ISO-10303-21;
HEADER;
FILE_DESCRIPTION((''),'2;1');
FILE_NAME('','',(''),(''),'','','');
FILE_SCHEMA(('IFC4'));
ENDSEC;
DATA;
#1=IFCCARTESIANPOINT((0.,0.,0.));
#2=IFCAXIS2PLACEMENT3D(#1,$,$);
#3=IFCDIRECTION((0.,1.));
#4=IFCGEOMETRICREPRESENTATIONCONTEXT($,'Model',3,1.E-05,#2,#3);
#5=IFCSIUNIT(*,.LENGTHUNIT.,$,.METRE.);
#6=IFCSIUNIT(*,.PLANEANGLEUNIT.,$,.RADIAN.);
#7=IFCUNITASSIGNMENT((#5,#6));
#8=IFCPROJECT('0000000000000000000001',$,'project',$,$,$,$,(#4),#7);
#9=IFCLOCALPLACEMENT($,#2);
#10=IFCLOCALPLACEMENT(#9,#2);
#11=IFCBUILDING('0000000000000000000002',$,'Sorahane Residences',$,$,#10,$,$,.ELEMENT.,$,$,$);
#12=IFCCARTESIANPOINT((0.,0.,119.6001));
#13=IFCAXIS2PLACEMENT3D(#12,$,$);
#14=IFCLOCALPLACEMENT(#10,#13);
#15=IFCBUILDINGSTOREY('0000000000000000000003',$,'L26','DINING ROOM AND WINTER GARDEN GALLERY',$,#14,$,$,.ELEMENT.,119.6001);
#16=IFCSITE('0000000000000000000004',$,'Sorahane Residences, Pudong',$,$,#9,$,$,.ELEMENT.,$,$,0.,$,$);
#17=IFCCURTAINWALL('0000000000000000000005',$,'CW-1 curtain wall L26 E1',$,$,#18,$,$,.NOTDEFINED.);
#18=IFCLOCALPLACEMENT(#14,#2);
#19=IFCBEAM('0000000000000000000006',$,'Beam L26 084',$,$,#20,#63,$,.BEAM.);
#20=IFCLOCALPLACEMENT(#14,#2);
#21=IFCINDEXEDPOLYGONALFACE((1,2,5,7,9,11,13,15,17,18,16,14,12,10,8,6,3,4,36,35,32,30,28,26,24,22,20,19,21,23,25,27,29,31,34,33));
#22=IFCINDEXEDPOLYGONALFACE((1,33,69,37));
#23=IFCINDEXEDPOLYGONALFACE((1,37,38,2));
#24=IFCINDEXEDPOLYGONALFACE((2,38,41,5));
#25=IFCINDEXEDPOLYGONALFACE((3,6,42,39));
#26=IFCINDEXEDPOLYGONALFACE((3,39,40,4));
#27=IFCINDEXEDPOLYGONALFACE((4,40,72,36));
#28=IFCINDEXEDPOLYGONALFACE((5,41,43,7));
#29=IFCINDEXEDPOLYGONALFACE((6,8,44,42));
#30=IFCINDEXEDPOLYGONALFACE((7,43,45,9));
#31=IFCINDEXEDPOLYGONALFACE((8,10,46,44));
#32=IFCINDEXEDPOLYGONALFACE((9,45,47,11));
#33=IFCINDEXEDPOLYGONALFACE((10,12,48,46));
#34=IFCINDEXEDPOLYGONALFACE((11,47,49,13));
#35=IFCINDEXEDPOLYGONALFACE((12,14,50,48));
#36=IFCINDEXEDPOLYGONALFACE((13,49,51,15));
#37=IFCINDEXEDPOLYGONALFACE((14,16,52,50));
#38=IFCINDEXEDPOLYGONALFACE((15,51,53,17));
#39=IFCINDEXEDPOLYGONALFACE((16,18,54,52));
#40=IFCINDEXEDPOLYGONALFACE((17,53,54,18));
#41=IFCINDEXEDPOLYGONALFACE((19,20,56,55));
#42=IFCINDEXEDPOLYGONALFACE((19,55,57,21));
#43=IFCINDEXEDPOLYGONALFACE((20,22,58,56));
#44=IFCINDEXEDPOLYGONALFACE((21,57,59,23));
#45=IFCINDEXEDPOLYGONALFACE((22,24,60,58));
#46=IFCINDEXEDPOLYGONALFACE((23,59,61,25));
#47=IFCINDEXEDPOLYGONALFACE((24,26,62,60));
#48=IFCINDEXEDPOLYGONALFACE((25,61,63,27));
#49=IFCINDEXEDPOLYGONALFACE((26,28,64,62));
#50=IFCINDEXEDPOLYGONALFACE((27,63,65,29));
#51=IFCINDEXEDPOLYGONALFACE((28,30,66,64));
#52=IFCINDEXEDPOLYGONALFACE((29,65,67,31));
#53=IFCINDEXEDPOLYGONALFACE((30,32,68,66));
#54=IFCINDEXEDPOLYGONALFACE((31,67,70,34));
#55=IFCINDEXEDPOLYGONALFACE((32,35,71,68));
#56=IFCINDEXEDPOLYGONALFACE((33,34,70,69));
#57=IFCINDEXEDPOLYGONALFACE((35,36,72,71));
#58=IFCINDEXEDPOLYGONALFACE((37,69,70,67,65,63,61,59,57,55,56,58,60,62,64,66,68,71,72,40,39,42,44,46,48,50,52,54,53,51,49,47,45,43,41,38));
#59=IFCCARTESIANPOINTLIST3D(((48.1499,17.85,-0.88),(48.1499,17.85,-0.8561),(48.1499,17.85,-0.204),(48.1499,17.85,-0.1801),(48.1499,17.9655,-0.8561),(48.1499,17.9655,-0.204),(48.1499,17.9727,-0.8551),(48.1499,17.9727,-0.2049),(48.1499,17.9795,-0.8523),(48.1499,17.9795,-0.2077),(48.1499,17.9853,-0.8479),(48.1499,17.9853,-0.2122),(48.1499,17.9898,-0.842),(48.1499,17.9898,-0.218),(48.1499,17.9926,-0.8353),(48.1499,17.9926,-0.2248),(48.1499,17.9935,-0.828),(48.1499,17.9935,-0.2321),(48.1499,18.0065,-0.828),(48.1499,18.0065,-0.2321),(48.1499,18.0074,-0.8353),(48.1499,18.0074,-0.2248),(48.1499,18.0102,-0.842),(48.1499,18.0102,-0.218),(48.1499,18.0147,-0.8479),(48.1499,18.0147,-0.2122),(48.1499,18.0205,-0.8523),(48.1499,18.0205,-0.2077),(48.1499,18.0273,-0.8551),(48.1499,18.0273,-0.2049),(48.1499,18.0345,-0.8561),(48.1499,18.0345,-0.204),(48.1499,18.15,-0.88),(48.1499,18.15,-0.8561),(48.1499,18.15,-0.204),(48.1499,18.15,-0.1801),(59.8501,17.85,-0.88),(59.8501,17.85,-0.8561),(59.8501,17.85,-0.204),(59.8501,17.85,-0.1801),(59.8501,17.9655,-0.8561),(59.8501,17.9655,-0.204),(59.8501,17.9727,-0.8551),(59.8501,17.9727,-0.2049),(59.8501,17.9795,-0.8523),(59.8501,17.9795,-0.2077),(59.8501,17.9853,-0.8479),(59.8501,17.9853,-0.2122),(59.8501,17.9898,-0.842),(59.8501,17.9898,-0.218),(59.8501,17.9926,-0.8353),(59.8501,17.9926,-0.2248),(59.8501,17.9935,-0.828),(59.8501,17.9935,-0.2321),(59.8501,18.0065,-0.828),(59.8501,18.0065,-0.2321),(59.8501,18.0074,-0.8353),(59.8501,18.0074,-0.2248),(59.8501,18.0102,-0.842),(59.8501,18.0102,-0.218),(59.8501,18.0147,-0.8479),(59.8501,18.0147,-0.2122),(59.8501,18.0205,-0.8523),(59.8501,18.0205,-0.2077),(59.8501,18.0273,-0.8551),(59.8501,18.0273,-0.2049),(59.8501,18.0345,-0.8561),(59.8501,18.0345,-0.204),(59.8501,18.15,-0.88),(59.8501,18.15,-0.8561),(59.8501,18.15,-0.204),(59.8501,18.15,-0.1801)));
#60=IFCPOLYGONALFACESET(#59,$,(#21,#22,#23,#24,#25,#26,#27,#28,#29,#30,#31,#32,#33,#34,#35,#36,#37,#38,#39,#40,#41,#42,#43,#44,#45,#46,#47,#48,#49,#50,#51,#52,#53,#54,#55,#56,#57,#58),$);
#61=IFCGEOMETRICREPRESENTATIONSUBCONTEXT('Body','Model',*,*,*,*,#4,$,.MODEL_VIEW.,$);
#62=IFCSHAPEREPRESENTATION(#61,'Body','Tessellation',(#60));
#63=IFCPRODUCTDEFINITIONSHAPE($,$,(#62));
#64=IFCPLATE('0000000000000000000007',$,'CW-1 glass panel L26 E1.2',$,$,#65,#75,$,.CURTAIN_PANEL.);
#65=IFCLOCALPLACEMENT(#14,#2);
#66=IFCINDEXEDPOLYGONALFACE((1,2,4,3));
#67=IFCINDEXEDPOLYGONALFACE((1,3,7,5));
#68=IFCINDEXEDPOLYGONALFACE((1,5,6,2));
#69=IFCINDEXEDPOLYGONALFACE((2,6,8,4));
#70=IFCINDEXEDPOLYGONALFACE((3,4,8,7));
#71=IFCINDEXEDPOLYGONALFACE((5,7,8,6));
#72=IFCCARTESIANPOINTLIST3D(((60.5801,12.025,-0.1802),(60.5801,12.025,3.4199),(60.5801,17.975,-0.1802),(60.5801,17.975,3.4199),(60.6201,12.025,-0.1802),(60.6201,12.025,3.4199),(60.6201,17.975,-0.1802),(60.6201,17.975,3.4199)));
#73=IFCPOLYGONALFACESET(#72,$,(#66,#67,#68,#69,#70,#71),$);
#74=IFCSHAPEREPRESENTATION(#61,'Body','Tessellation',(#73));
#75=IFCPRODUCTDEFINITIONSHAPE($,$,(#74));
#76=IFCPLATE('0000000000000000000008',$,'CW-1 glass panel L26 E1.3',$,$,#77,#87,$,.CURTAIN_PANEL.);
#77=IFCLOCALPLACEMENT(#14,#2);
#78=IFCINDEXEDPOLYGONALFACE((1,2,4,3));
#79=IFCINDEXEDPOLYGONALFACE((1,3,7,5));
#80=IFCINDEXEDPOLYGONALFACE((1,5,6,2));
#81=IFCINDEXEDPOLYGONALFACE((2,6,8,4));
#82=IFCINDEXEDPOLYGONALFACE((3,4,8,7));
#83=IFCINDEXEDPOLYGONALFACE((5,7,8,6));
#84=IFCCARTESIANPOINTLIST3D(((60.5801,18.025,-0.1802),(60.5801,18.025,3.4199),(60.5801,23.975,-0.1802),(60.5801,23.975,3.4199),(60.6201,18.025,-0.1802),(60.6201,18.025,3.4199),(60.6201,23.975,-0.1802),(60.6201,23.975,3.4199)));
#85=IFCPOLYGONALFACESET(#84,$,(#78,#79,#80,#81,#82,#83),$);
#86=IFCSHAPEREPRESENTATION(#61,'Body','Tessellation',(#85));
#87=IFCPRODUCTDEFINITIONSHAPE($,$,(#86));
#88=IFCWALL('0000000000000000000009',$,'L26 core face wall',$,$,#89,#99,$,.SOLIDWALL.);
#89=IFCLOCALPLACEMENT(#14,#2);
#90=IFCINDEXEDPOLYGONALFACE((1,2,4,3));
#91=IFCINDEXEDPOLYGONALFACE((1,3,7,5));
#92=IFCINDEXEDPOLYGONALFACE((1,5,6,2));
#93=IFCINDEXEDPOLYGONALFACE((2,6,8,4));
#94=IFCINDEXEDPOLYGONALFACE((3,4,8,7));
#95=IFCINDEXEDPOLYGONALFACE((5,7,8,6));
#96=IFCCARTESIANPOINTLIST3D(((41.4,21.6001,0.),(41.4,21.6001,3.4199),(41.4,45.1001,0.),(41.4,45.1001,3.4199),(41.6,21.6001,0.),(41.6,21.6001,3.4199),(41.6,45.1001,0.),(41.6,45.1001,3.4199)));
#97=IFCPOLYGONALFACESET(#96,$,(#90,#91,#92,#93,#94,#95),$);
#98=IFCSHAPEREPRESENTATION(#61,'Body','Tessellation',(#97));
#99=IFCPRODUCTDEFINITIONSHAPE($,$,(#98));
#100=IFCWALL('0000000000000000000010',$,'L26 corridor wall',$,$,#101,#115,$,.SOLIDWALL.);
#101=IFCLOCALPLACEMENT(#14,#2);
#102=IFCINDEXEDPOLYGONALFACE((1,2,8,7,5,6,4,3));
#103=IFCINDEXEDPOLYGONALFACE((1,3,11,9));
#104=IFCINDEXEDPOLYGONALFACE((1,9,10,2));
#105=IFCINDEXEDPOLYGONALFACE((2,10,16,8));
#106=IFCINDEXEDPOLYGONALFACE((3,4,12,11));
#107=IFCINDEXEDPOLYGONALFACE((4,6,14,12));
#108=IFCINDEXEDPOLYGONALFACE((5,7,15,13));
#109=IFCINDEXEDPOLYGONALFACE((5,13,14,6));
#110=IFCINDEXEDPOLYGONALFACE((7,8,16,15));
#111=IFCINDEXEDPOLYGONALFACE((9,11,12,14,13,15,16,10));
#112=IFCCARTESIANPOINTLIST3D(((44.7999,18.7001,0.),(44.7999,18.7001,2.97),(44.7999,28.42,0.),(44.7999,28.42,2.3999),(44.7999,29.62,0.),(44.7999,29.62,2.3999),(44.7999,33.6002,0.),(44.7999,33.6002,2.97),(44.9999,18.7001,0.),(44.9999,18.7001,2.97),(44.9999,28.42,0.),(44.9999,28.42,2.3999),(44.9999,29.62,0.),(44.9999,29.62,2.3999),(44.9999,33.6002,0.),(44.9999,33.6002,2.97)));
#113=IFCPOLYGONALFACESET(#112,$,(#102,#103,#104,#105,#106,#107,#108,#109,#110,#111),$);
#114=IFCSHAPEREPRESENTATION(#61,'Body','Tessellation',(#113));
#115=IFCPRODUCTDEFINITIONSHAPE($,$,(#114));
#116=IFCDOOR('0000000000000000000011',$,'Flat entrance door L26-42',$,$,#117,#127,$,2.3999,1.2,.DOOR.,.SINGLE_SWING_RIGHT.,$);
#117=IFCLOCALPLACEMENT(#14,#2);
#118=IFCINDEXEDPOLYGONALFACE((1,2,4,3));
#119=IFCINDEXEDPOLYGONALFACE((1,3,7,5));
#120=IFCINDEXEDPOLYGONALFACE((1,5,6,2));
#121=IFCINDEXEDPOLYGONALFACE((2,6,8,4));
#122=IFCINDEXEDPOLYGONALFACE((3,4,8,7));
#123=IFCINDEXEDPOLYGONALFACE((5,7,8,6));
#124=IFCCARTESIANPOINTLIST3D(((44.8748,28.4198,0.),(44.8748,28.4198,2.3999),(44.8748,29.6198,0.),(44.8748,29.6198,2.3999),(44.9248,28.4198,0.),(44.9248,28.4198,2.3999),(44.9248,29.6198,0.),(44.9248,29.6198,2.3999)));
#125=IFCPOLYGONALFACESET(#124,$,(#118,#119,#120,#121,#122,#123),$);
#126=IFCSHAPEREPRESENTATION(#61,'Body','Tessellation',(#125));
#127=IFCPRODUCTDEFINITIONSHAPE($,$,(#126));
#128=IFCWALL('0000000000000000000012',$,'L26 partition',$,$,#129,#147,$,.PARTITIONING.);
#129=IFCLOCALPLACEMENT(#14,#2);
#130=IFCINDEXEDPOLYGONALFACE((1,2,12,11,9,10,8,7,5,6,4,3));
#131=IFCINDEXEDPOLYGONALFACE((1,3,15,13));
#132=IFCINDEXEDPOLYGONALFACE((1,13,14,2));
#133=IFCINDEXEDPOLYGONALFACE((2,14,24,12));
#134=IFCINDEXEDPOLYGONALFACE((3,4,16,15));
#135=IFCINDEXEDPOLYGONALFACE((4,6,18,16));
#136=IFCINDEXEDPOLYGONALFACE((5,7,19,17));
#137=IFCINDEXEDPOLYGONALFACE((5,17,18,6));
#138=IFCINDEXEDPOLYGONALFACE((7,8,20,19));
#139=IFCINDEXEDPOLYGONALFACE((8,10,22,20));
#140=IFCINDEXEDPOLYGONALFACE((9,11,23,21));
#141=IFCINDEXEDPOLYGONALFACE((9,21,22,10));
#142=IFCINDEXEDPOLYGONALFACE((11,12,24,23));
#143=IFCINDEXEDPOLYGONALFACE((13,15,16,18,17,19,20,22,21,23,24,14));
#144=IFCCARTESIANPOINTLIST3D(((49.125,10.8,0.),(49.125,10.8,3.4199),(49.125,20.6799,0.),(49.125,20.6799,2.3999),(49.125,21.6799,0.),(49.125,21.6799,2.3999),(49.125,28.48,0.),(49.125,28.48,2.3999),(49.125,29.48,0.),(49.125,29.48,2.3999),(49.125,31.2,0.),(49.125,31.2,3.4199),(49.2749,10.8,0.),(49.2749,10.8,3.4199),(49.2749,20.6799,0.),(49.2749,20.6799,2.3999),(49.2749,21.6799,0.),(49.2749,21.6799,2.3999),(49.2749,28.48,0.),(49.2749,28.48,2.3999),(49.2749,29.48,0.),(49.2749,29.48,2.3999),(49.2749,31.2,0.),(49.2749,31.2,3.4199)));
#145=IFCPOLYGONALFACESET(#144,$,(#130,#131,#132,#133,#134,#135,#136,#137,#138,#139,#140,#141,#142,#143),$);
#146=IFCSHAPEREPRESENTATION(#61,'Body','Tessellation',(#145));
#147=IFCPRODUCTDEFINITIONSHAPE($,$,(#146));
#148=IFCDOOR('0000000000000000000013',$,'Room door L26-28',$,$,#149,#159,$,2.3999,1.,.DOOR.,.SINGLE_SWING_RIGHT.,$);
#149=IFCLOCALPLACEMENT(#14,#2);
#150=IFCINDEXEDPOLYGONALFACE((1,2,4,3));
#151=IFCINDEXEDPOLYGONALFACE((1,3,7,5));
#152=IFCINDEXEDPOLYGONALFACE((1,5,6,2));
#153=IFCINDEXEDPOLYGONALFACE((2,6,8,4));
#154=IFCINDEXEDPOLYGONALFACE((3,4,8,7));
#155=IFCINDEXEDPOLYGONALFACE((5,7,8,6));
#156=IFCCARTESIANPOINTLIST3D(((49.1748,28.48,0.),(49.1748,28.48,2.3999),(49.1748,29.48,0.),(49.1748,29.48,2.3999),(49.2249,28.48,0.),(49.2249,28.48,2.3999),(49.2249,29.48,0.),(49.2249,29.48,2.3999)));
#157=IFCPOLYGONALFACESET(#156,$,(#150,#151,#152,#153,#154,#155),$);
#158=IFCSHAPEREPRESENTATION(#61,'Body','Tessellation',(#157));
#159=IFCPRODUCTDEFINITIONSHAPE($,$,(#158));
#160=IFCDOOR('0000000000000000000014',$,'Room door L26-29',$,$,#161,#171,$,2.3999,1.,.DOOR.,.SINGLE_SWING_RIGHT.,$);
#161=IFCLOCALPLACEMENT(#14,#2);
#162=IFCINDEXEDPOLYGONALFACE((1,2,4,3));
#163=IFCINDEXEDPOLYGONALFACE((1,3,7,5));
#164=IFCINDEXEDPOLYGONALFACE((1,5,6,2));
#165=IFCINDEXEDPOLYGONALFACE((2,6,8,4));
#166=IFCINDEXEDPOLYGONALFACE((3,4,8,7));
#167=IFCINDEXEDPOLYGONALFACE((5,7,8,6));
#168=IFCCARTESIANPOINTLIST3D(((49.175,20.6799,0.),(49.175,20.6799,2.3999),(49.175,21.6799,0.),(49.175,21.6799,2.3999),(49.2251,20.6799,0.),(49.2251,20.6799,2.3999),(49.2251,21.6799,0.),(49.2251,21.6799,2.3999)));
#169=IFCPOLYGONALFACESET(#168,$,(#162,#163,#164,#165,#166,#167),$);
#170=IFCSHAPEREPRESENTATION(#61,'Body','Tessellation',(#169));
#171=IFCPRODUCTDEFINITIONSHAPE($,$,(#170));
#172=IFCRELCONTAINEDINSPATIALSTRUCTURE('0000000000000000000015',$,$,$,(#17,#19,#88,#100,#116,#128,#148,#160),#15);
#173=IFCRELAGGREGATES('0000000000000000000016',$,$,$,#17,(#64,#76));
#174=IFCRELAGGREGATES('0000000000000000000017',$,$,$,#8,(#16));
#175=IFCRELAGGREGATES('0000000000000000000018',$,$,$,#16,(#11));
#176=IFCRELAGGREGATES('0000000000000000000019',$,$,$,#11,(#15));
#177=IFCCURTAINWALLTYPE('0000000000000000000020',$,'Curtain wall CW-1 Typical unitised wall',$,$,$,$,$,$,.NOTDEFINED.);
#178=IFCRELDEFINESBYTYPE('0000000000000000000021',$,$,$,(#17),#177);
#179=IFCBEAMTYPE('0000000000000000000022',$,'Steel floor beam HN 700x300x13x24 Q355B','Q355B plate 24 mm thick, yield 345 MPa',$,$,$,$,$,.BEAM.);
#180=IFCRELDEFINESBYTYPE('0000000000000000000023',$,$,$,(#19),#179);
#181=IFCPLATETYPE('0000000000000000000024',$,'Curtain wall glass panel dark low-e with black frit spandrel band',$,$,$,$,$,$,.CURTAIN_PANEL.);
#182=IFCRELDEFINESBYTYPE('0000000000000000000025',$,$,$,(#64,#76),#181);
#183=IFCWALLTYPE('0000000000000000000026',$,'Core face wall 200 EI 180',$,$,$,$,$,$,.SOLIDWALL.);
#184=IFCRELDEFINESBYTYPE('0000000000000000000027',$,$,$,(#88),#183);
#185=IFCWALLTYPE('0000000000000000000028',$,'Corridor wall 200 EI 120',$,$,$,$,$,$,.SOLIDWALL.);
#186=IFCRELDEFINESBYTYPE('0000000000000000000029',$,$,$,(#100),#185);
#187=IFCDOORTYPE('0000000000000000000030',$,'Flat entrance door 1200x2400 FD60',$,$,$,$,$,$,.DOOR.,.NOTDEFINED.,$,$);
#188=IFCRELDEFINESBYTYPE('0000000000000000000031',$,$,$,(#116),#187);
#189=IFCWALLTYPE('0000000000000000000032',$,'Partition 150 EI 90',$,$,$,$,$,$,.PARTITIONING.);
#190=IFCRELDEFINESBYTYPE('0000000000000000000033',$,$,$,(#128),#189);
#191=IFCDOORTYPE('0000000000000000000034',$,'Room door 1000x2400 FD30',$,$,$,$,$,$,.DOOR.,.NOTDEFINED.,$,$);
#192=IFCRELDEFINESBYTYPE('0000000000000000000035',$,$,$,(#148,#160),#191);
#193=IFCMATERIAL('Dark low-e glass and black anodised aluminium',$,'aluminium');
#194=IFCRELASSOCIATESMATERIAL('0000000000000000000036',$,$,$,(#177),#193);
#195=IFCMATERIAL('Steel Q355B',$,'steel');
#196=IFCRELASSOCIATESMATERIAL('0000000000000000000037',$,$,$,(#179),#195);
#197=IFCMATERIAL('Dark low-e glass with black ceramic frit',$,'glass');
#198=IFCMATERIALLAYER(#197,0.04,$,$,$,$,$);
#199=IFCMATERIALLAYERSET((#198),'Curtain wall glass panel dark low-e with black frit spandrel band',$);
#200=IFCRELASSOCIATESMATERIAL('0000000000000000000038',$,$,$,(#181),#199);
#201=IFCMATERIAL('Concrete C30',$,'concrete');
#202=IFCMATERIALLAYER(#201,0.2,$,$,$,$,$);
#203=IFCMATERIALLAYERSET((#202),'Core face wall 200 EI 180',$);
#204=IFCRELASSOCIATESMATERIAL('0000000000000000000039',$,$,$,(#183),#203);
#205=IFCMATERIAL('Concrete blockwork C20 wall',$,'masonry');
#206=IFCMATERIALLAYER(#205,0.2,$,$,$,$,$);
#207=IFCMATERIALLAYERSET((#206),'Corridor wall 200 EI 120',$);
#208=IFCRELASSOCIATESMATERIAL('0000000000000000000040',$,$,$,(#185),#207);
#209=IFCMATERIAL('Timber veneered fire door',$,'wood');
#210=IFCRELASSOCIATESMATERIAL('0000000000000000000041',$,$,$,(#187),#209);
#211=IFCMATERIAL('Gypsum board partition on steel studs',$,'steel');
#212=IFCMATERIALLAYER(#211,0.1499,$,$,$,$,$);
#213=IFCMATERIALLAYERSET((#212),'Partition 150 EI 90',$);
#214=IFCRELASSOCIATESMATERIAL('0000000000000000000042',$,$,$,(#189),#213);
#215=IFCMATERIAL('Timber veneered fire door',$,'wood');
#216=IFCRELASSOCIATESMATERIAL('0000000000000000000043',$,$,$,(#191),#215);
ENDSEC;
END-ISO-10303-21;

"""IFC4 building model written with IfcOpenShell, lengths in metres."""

from ifc_helpers import new_model, si_unit, direction, frame, frame_2d, origin, origin_2d, place, context, subcontext, project, spatial, rectangle, i_section, extrude, material, layer, layer_set, material_profile, profile_set, type_object, element, fill, aggregate, save


model = new_model("IFC4")

# Units and contexts
model_context = context("Model", 3, precision=1e-05, world=origin(), true_north=direction((0.0, 1.0)))
body_context = subcontext(model_context, "Body", "Model", "MODEL_VIEW")
ifc_project = project(units=[si_unit("LENGTHUNIT", "METRE"), si_unit("PLANEANGLEUNIT", "RADIAN")], contexts=[model_context])

# Site, building, storey
site_placement = place(None, origin())
site = spatial("IfcSite", under=ifc_project, at=site_placement, Name="Sorahane Residences, Pudong", CompositionType="ELEMENT", RefElevation=0.0)
building_placement = place(site_placement, origin())
building = spatial("IfcBuilding", under=site, at=building_placement, Name="Sorahane Residences", CompositionType="ELEMENT")
storey_placement = place(building_placement, frame((0.0, 0.0, 119.6001)))
storey = spatial("IfcBuildingStorey", under=building, at=storey_placement, Name="L26", Description="DINING ROOM AND WINTER GARDEN GALLERY", CompositionType="ELEMENT", Elevation=119.6001)

# Curtain wall
ifc_material_1 = material(Name="Dark low-e glass and black anodised aluminium", Category="aluminium")
curtain_wall_type = type_object("IfcCurtainWallType", Name="Curtain wall CW-1 Typical unitised wall", PredefinedType="NOTDEFINED", material=ifc_material_1)
curtain_wall_placement = place(storey_placement, origin())
curtain_wall = element("IfcCurtainWall", 1, at=curtain_wall_placement, inside=storey, type_object=curtain_wall_type, Name="CW-1 curtain wall L26 E1", PredefinedType="NOTDEFINED")

# Beam
ifc_material_2 = material(Name="Steel Q355B", Category="steel")
ifc_material_profile_1 = material_profile(ifc_material_2, i_section(OverallWidth=0.3, OverallDepth=0.7, WebThickness=0.0129, FlangeThickness=0.0239, FilletRadius=0.0281, at=origin_2d()), Name="HN 700x300x13x24")
ifc_profile_set_1 = profile_set([ifc_material_profile_1], Name="Steel Q355B")
beam_type_1 = type_object("IfcBeamType", Name="Steel floor beam HN 700x300x13x24 Q355B", Description="Q355B plate 24 mm thick, yield 345 MPa", PredefinedType="BEAM", material=ifc_profile_set_1)
beam_1_placement = place(storey_placement, frame((48.1499, 18.0, -0.53), z_axis=(1.0, 0.0, 0.0), x_axis=(0.0, 1.0, 0.0)))
element("IfcBeam", 2, at=beam_1_placement, inside=storey, type_object=beam_type_1, Name="Beam L26 084", PredefinedType="BEAM", context=body_context, shape_type="SweptSolid", body=[
    extrude(i_section(OverallWidth=0.3, OverallDepth=0.7, WebThickness=0.0129, FlangeThickness=0.0239, FilletRadius=0.0281, at=origin_2d()), origin(), (0.0, 0.0, 1.0), 11.7002),
])

# Plates
ifc_material_3 = material(Name="Dark low-e glass with black ceramic frit", Category="glass")
ifc_layer_1 = layer(ifc_material_3, 0.04)
ifc_layer_set_1 = layer_set([ifc_layer_1], Name="Curtain wall glass panel dark low-e with black frit spandrel band")
plate_type = type_object("IfcPlateType", Name="Curtain wall glass panel dark low-e with black frit spandrel band", PredefinedType="CURTAIN_PANEL", material=ifc_layer_set_1)
plate_1_placement = place(storey_placement, frame((60.6001, 15.0, -0.1802), z_axis=(0.0, 0.0, 1.0), x_axis=(0.0, 1.0, 0.0)))
plate_1 = element("IfcPlate", 3, at=plate_1_placement, type_object=plate_type, Name="CW-1 glass panel L26 E1.2", PredefinedType="CURTAIN_PANEL", context=body_context, shape_type="SweptSolid", body=[
    extrude(rectangle(XDim=5.95, YDim=0.04, at=origin_2d()), origin(), (0.0, 0.0, 1.0), 3.6001),
])
plate_2_placement = place(storey_placement, frame((60.6001, 21.0, -0.1802), z_axis=(0.0, 0.0, 1.0), x_axis=(0.0, 1.0, 0.0)))
plate_2 = element("IfcPlate", 4, at=plate_2_placement, type_object=plate_type, Name="CW-1 glass panel L26 E1.3", PredefinedType="CURTAIN_PANEL", context=body_context, shape_type="SweptSolid", body=[
    extrude(rectangle(XDim=5.95, YDim=0.04, at=origin_2d()), origin(), (0.0, 0.0, 1.0), 3.6001),
])
aggregate(curtain_wall, [plate_1, plate_2])

# Wall
ifc_material_4 = material(Name="Concrete C30", Category="concrete")
ifc_layer_2 = layer(ifc_material_4, 0.2)
ifc_layer_set_2 = layer_set([ifc_layer_2], Name="Core face wall 200 EI 180")
wall_type_1 = type_object("IfcWallType", Name="Core face wall 200 EI 180", PredefinedType="SOLIDWALL", material=ifc_layer_set_2)
wall_1_placement = place(storey_placement, frame((41.5, 21.6001, 0.0), z_axis=(0.0, 0.0, 1.0), x_axis=(0.0, 1.0, 0.0)))
element("IfcWall", 5, at=wall_1_placement, inside=storey, type_object=wall_type_1, Name="L26 core face wall", PredefinedType="SOLIDWALL", context=body_context, shape_type="SweptSolid", body=[
    extrude(rectangle(XDim=23.5, YDim=0.2, at=frame_2d((11.75, 0.0))), origin(), (0.0, 0.0, 1.0), 3.4199),
])

# Wall, opening, door
ifc_material_5 = material(Name="Concrete blockwork C20 wall", Category="masonry")
ifc_layer_3 = layer(ifc_material_5, 0.2)
ifc_layer_set_3 = layer_set([ifc_layer_3], Name="Corridor wall 200 EI 120")
wall_type_2 = type_object("IfcWallType", Name="Corridor wall 200 EI 120", PredefinedType="SOLIDWALL", material=ifc_layer_set_3)
wall_2_placement = place(storey_placement, frame((44.8999, 18.7, 0.0), z_axis=(0.0, 0.0, 1.0), x_axis=(0.0, 1.0, 0.0)))
wall_2 = element("IfcWall", 6, at=wall_2_placement, inside=storey, type_object=wall_type_2, Name="L26 corridor wall", PredefinedType="SOLIDWALL", context=body_context, shape_type="SweptSolid", body=[
    extrude(rectangle(XDim=14.9001, YDim=0.2, at=frame_2d((7.4502, 0.0))), origin(), (0.0, 0.0, 1.0), 2.97),
])
opening_1_placement = place(wall_2_placement, frame((9.72, 0.0, 0.0)))
opening_1 = element("IfcOpeningElement", 7, at=opening_1_placement, cuts=wall_2, PredefinedType="OPENING", context=body_context, shape_type="SweptSolid", body=[
    extrude(rectangle(XDim=1.2, YDim=2.3999, at=frame_2d((0.6001, 1.2))), frame((0.0, 0.1099, 0.0), z_axis=(0.0, -1.0, 0.0), x_axis=(1.0, 0.0, 0.0)), (0.0, 0.0, 1.0), 0.22),
])
ifc_material_6 = material(Name="Timber veneered fire door", Category="wood")
door_type_1 = type_object("IfcDoorType", Name="Flat entrance door 1200x2400 FD60", OperationType="NOTDEFINED", PredefinedType="DOOR", material=ifc_material_6)
door_1_placement = place(opening_1_placement, frame((1.2, 0.0, 0.0), z_axis=(0.0, 0.0, 1.0), x_axis=(-1.0, 0.0, 0.0)))
door_1 = element("IfcDoor", 8, at=door_1_placement, inside=storey, type_object=door_type_1, Name="Flat entrance door L26-42", OperationType="SINGLE_SWING_RIGHT", OverallHeight=2.3999, OverallWidth=1.2, PredefinedType="DOOR", context=body_context, shape_type="SweptSolid", body=[
    extrude(rectangle(XDim=1.2, YDim=2.3999, at=frame_2d((0.6001, 1.2))), frame((0.0, 0.0249, 0.0), z_axis=(0.0, -1.0, 0.0), x_axis=(1.0, 0.0, 0.0)), (0.0, 0.0, 1.0), 0.05),
])
fill(opening_1, door_1)

# Wall, openings, doors
ifc_material_7 = material(Name="Gypsum board partition on steel studs", Category="steel")
ifc_layer_4 = layer(ifc_material_7, 0.1499)
ifc_layer_set_4 = layer_set([ifc_layer_4], Name="Partition 150 EI 90")
wall_type_3 = type_object("IfcWallType", Name="Partition 150 EI 90", PredefinedType="PARTITIONING", material=ifc_layer_set_4)
wall_3_placement = place(storey_placement, frame((49.2, 10.8, 0.0), z_axis=(0.0, 0.0, 1.0), x_axis=(0.0, 1.0, 0.0)))
wall_3 = element("IfcWall", 9, at=wall_3_placement, inside=storey, type_object=wall_type_3, Name="L26 partition", PredefinedType="PARTITIONING", context=body_context, shape_type="SweptSolid", body=[
    extrude(rectangle(XDim=20.3999, YDim=0.1499, at=frame_2d((10.2, 0.0))), origin(), (0.0, 0.0, 1.0), 3.4199),
])
opening_2_placement = place(wall_3_placement, frame((17.6799, 0.0, 0.0)))
opening_2 = element("IfcOpeningElement", 10, at=opening_2_placement, cuts=wall_3, PredefinedType="OPENING", context=body_context, shape_type="SweptSolid", body=[
    extrude(rectangle(XDim=1.0, YDim=2.3999, at=frame_2d((0.5, 1.2))), frame((0.0, 0.085, 0.0), z_axis=(0.0, -1.0, 0.0), x_axis=(1.0, 0.0, 0.0)), (0.0, 0.0, 1.0), 0.1699),
])
opening_3_placement = place(wall_3_placement, frame((9.8799, 0.0, 0.0)))
opening_3 = element("IfcOpeningElement", 11, at=opening_3_placement, cuts=wall_3, PredefinedType="OPENING", context=body_context, shape_type="SweptSolid", body=[
    extrude(rectangle(XDim=1.0, YDim=2.3999, at=frame_2d((0.5, 1.2))), frame((0.0, 0.085, 0.0), z_axis=(0.0, -1.0, 0.0), x_axis=(1.0, 0.0, 0.0)), (0.0, 0.0, 1.0), 0.1699),
])
ifc_material_8 = material(Name="Timber veneered fire door", Category="wood")
door_type_2 = type_object("IfcDoorType", Name="Room door 1000x2400 FD30", OperationType="NOTDEFINED", PredefinedType="DOOR", material=ifc_material_8)
door_2_placement = place(opening_2_placement, frame((1.0, 0.0, 0.0), z_axis=(0.0, 0.0, 1.0), x_axis=(-1.0, 0.0, 0.0)))
door_2 = element("IfcDoor", 12, at=door_2_placement, inside=storey, type_object=door_type_2, Name="Room door L26-28", OperationType="SINGLE_SWING_RIGHT", OverallHeight=2.3999, OverallWidth=1.0, PredefinedType="DOOR", context=body_context, shape_type="SweptSolid", body=[
    extrude(rectangle(XDim=1.0, YDim=2.3999, at=frame_2d((0.5, 1.2))), frame((0.0, 0.0249, 0.0), z_axis=(0.0, -1.0, 0.0), x_axis=(1.0, 0.0, 0.0)), (0.0, 0.0, 1.0), 0.05),
])
fill(opening_2, door_2)
door_3_placement = place(opening_3_placement, origin())
door_3 = element("IfcDoor", 13, at=door_3_placement, inside=storey, type_object=door_type_2, Name="Room door L26-29", OperationType="SINGLE_SWING_RIGHT", OverallHeight=2.3999, OverallWidth=1.0, PredefinedType="DOOR", context=body_context, shape_type="SweptSolid", body=[
    extrude(rectangle(XDim=1.0, YDim=2.3999, at=frame_2d((0.5, 1.2))), frame((0.0, 0.0249, 0.0), z_axis=(0.0, -1.0, 0.0), x_axis=(1.0, 0.0, 0.0)), (0.0, 0.0, 1.0), 0.05),
])
fill(opening_3, door_3)

save(model, "model.ifc")
